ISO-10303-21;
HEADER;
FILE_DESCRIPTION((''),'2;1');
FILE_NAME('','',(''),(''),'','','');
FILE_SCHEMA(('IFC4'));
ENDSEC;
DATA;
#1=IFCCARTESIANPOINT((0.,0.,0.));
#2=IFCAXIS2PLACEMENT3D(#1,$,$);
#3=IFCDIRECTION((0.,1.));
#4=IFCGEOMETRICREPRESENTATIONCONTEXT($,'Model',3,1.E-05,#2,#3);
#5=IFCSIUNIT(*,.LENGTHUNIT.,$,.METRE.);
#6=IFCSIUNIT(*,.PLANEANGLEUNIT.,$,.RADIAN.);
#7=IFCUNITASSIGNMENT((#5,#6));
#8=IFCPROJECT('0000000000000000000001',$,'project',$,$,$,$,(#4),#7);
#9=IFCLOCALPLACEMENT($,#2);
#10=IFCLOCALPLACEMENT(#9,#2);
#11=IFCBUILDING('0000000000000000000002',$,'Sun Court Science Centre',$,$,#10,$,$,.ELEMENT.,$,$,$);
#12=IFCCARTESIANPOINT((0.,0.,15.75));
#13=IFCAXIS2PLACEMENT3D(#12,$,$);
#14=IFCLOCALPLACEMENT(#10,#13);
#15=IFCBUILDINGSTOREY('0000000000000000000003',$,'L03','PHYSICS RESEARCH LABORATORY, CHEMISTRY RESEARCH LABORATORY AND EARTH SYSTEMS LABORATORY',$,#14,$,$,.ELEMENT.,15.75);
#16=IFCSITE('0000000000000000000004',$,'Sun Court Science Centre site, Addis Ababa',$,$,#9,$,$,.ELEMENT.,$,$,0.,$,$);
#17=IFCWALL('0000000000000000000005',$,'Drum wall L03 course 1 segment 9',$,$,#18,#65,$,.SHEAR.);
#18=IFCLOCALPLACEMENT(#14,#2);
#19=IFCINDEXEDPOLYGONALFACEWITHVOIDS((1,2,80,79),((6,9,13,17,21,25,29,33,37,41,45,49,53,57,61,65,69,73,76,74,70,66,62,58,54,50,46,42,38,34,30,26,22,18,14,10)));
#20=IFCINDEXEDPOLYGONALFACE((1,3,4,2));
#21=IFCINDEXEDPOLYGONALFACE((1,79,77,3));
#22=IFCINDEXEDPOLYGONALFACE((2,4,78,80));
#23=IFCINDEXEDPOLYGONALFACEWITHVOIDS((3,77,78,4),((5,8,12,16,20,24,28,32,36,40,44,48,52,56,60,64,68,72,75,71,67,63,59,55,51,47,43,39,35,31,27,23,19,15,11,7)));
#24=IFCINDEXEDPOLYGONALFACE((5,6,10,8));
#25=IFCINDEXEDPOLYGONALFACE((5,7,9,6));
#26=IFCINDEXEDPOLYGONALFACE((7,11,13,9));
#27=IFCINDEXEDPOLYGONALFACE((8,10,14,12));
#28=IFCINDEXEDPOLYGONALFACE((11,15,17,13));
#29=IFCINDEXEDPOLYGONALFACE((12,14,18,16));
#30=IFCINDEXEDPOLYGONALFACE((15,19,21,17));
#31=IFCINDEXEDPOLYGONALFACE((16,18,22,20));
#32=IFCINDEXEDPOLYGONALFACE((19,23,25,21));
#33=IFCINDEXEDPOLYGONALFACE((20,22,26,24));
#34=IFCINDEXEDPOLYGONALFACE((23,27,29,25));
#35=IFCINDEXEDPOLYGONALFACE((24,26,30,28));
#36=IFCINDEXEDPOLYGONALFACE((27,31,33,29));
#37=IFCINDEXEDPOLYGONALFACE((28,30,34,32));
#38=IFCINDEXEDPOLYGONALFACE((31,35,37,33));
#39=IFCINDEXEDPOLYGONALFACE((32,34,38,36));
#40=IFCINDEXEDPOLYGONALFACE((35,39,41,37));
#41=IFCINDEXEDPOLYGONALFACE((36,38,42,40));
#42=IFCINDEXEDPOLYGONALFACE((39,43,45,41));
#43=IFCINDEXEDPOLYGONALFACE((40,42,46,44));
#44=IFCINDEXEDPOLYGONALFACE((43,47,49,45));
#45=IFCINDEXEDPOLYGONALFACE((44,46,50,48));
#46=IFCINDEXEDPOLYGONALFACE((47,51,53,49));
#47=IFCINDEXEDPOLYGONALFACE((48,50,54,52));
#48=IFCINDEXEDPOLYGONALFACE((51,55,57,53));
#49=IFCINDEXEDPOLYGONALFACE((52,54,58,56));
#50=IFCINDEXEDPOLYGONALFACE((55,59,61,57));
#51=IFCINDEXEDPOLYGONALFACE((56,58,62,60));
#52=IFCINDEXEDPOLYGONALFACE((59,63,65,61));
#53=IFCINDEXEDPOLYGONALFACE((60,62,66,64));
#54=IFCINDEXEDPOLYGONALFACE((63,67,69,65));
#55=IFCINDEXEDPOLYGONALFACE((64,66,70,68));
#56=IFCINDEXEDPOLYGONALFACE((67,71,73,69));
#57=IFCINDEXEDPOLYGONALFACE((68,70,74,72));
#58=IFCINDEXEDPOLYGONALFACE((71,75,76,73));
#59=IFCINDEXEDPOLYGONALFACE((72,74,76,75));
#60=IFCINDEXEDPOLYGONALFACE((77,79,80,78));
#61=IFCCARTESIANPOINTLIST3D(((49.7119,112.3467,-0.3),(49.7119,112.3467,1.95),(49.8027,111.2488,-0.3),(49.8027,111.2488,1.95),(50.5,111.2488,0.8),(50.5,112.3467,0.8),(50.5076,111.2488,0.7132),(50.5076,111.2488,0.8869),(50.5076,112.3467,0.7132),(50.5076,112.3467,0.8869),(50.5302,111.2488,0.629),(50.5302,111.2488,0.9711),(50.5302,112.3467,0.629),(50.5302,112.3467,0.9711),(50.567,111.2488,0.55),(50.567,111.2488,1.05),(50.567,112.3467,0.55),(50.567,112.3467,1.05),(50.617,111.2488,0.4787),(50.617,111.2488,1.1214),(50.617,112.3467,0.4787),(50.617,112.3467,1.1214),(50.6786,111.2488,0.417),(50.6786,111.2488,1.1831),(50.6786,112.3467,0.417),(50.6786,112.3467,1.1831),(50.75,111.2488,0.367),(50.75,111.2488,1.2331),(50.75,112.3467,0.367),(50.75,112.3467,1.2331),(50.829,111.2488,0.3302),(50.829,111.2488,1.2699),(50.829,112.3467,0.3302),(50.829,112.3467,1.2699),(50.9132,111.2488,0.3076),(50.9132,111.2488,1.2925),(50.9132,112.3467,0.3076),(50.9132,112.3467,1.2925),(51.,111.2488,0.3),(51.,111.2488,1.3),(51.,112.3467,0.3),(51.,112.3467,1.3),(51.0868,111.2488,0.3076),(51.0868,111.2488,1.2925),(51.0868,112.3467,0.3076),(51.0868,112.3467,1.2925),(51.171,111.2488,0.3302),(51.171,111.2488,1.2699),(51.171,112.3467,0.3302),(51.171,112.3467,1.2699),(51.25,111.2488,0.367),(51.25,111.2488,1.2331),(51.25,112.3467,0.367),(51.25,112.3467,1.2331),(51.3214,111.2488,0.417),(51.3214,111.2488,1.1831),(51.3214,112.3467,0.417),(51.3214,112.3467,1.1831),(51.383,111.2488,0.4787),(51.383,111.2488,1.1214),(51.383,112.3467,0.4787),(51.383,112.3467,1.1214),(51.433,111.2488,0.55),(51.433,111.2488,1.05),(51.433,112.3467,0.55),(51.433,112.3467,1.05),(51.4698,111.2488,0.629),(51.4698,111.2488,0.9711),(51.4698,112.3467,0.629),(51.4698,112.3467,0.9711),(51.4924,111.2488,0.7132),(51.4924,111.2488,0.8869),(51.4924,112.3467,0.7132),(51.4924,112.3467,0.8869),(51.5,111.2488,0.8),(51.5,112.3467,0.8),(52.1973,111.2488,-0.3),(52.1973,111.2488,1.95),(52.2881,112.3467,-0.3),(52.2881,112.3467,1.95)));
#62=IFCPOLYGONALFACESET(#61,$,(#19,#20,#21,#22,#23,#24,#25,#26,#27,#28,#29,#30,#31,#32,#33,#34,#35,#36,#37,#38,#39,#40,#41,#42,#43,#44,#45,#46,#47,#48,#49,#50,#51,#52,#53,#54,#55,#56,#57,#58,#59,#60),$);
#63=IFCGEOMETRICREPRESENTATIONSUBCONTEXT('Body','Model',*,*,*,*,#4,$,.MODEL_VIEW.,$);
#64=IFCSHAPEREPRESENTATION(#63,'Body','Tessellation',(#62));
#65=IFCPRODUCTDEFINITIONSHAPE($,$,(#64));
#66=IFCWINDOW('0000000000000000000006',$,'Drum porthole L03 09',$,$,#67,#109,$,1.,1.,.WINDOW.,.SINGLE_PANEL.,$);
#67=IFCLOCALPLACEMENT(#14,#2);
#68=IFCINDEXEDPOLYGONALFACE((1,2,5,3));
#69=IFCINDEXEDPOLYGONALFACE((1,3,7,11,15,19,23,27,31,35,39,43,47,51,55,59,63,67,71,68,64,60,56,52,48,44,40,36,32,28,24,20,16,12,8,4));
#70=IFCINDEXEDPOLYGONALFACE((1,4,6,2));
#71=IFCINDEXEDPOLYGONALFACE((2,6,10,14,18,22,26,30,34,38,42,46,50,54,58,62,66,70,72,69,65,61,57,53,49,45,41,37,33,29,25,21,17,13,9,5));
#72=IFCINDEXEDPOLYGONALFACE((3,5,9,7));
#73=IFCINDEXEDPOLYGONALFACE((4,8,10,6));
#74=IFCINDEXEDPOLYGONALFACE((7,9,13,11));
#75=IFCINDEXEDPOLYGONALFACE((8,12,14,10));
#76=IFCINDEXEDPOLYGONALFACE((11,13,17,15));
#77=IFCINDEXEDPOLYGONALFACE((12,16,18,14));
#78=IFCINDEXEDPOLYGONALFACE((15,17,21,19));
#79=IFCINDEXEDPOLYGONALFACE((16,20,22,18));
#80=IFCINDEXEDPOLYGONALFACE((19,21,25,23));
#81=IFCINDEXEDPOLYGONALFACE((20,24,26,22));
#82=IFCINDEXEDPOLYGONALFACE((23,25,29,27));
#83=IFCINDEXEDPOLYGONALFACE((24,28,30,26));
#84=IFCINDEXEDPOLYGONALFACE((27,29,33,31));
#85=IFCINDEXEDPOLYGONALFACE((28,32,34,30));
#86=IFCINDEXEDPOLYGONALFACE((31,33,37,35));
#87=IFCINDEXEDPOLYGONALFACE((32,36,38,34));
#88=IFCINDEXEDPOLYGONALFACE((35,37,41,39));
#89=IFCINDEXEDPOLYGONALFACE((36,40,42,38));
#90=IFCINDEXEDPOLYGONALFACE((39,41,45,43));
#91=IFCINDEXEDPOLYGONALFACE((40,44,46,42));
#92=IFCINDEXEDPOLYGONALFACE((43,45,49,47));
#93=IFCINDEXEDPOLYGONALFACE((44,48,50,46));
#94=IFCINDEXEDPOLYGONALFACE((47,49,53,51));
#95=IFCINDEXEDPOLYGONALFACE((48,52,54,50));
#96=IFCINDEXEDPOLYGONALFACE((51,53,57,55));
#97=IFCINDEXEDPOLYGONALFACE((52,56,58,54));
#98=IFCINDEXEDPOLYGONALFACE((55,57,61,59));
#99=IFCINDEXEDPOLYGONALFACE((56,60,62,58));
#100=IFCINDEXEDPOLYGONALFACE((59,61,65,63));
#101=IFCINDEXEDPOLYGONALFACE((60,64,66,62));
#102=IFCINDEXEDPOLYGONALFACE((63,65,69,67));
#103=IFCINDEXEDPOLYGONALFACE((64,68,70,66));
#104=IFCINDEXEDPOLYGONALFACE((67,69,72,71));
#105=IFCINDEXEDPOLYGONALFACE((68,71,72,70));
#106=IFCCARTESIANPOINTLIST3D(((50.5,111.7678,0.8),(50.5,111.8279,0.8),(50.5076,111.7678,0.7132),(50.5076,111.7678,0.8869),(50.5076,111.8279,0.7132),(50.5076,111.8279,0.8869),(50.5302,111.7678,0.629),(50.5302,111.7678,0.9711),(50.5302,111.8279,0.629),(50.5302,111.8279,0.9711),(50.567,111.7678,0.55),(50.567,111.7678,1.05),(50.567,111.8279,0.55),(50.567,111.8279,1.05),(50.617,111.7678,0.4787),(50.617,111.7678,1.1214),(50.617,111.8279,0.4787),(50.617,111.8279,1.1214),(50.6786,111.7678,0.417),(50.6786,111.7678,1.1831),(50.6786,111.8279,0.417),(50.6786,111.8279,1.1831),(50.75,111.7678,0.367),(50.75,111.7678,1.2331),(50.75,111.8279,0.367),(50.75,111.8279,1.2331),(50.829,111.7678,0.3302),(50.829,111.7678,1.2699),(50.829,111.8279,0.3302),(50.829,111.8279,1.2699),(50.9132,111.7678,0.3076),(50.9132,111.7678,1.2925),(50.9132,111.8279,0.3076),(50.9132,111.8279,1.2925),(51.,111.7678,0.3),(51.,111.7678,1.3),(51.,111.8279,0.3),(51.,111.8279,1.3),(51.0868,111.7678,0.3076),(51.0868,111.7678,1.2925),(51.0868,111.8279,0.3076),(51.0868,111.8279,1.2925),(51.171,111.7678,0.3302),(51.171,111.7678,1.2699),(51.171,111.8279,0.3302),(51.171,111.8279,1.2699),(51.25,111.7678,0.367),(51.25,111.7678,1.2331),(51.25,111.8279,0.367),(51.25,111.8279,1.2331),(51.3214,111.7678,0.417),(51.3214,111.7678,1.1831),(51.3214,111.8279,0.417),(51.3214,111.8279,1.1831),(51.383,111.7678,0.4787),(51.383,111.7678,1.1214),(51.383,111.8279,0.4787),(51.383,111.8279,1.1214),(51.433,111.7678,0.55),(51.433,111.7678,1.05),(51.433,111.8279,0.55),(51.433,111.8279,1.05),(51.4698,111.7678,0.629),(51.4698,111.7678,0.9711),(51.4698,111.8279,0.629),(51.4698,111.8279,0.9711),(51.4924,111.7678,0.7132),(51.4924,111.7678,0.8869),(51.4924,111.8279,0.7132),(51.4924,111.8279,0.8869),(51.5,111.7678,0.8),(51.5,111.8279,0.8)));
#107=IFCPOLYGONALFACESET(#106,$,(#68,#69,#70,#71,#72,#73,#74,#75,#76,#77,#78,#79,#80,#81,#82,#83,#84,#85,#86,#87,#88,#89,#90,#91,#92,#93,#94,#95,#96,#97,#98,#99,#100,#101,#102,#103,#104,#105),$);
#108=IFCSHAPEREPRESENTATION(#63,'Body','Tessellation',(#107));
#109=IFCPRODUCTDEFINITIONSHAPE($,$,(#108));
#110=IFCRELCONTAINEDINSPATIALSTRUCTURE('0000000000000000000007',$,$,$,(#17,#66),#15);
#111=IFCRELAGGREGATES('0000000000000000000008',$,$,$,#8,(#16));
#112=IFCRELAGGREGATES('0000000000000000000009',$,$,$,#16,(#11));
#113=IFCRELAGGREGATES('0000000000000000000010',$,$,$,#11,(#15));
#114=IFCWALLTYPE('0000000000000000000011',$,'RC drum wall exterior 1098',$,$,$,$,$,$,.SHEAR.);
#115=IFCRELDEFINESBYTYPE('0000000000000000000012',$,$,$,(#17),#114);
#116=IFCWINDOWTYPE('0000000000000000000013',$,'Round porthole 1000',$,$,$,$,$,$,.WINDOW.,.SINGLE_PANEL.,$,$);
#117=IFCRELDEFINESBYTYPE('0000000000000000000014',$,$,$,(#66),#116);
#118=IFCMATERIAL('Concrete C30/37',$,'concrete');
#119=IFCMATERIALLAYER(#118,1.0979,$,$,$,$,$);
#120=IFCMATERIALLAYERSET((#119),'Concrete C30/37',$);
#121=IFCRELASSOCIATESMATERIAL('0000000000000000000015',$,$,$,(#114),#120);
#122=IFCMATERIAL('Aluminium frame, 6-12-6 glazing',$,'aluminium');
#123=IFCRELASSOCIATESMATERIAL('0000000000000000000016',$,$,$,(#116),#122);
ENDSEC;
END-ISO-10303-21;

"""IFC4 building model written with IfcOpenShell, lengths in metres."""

from ifc_helpers import new_model, si_unit, direction, frame, frame_2d, origin, place, context, subcontext, project, spatial, polyline, circle, outline, extrude, material, layer, layer_set, type_object, element, fill, save


model = new_model("IFC4")

# Units and contexts
model_context = context("Model", 3, precision=1e-05, world=origin(), true_north=direction((0.0, 1.0)))
body_context = subcontext(model_context, "Body", "Model", "MODEL_VIEW")
ifc_project = project(units=[si_unit("LENGTHUNIT", "METRE"), si_unit("PLANEANGLEUNIT", "RADIAN")], contexts=[model_context])

# Site, building, storey
site_placement = place(None, origin())
site = spatial("IfcSite", under=ifc_project, at=site_placement, Name="Sun Court Science Centre site, Addis Ababa", CompositionType="ELEMENT", RefElevation=0.0)
building_placement = place(site_placement, origin())
building = spatial("IfcBuilding", under=site, at=building_placement, Name="Sun Court Science Centre", CompositionType="ELEMENT")
storey_placement = place(building_placement, frame((0.0, 0.0, 15.75)))
storey = spatial("IfcBuildingStorey", under=building, at=storey_placement, Name="L03", Description="PHYSICS RESEARCH LABORATORY, CHEMISTRY RESEARCH LABORATORY AND EARTH SYSTEMS LABORATORY", CompositionType="ELEMENT", Elevation=15.75)

# Shared definitions
ifc_material_1 = material(Name="Concrete C30/37", Category="concrete")
ifc_layer_1 = layer(ifc_material_1, 1.0979)
ifc_layer_set_1 = layer_set([ifc_layer_1], Name="Concrete C30/37")
wall_type_1 = type_object("IfcWallType", Name="RC drum wall exterior 1098", PredefinedType="SHEAR", material=ifc_layer_set_1)

# Wall, opening, window
wall_1_placement = place(storey_placement, frame((52.2883, 111.7979, -0.3), z_axis=(0.0, 0.0, 1.0), x_axis=(-1.0, 0.0, 0.0)))
wall_1 = element("IfcWall", 1, at=wall_1_placement, inside=storey, type_object=wall_type_1, Name="Drum wall L03 course 1 segment 9", PredefinedType="SHEAR", context=body_context, shape_type="SweptSolid", body=[
    extrude(outline(polyline([(0.0002, -0.5488), (2.5764, -0.5488), (2.4856, 0.5491), (0.0911, 0.5491), (0.0002, -0.5488)])), origin(), (0.0, 0.0, 1.0), 2.25),
])
opening_1_placement = place(wall_1_placement, frame((0.7883, 0.0, 0.6001)))
opening_1 = element("IfcOpeningElement", 2, at=opening_1_placement, cuts=wall_1, PredefinedType="OPENING", context=body_context, shape_type="SweptSolid", body=[
    extrude(circle(Radius=0.5, at=frame_2d((0.5, 0.5))), frame((0.0, 0.5588, 0.0), z_axis=(0.0, -1.0, 0.0), x_axis=(1.0, 0.0, 0.0)), (0.0, 0.0, 1.0), 1.1179),
])
ifc_material_2 = material(Name="Aluminium frame, 6-12-6 glazing", Category="aluminium")
window_type = type_object("IfcWindowType", Name="Round porthole 1000", PartitioningType="SINGLE_PANEL", PredefinedType="WINDOW", material=ifc_material_2)
window_1_placement = place(opening_1_placement, origin())
window_1 = element("IfcWindow", 3, at=window_1_placement, inside=storey, type_object=window_type, Name="Drum porthole L03 09", OverallHeight=1.0, OverallWidth=1.0, PartitioningType="SINGLE_PANEL", PredefinedType="WINDOW", context=body_context, shape_type="SweptSolid", body=[
    extrude(circle(Radius=0.5, at=frame_2d((0.5, 0.5))), frame((0.0, 0.03, 0.0), z_axis=(0.0, -1.0, 0.0), x_axis=(1.0, 0.0, 0.0)), (0.0, 0.0, 1.0), 0.0601),
])
fill(opening_1, window_1)

save(model, "model.ifc")
